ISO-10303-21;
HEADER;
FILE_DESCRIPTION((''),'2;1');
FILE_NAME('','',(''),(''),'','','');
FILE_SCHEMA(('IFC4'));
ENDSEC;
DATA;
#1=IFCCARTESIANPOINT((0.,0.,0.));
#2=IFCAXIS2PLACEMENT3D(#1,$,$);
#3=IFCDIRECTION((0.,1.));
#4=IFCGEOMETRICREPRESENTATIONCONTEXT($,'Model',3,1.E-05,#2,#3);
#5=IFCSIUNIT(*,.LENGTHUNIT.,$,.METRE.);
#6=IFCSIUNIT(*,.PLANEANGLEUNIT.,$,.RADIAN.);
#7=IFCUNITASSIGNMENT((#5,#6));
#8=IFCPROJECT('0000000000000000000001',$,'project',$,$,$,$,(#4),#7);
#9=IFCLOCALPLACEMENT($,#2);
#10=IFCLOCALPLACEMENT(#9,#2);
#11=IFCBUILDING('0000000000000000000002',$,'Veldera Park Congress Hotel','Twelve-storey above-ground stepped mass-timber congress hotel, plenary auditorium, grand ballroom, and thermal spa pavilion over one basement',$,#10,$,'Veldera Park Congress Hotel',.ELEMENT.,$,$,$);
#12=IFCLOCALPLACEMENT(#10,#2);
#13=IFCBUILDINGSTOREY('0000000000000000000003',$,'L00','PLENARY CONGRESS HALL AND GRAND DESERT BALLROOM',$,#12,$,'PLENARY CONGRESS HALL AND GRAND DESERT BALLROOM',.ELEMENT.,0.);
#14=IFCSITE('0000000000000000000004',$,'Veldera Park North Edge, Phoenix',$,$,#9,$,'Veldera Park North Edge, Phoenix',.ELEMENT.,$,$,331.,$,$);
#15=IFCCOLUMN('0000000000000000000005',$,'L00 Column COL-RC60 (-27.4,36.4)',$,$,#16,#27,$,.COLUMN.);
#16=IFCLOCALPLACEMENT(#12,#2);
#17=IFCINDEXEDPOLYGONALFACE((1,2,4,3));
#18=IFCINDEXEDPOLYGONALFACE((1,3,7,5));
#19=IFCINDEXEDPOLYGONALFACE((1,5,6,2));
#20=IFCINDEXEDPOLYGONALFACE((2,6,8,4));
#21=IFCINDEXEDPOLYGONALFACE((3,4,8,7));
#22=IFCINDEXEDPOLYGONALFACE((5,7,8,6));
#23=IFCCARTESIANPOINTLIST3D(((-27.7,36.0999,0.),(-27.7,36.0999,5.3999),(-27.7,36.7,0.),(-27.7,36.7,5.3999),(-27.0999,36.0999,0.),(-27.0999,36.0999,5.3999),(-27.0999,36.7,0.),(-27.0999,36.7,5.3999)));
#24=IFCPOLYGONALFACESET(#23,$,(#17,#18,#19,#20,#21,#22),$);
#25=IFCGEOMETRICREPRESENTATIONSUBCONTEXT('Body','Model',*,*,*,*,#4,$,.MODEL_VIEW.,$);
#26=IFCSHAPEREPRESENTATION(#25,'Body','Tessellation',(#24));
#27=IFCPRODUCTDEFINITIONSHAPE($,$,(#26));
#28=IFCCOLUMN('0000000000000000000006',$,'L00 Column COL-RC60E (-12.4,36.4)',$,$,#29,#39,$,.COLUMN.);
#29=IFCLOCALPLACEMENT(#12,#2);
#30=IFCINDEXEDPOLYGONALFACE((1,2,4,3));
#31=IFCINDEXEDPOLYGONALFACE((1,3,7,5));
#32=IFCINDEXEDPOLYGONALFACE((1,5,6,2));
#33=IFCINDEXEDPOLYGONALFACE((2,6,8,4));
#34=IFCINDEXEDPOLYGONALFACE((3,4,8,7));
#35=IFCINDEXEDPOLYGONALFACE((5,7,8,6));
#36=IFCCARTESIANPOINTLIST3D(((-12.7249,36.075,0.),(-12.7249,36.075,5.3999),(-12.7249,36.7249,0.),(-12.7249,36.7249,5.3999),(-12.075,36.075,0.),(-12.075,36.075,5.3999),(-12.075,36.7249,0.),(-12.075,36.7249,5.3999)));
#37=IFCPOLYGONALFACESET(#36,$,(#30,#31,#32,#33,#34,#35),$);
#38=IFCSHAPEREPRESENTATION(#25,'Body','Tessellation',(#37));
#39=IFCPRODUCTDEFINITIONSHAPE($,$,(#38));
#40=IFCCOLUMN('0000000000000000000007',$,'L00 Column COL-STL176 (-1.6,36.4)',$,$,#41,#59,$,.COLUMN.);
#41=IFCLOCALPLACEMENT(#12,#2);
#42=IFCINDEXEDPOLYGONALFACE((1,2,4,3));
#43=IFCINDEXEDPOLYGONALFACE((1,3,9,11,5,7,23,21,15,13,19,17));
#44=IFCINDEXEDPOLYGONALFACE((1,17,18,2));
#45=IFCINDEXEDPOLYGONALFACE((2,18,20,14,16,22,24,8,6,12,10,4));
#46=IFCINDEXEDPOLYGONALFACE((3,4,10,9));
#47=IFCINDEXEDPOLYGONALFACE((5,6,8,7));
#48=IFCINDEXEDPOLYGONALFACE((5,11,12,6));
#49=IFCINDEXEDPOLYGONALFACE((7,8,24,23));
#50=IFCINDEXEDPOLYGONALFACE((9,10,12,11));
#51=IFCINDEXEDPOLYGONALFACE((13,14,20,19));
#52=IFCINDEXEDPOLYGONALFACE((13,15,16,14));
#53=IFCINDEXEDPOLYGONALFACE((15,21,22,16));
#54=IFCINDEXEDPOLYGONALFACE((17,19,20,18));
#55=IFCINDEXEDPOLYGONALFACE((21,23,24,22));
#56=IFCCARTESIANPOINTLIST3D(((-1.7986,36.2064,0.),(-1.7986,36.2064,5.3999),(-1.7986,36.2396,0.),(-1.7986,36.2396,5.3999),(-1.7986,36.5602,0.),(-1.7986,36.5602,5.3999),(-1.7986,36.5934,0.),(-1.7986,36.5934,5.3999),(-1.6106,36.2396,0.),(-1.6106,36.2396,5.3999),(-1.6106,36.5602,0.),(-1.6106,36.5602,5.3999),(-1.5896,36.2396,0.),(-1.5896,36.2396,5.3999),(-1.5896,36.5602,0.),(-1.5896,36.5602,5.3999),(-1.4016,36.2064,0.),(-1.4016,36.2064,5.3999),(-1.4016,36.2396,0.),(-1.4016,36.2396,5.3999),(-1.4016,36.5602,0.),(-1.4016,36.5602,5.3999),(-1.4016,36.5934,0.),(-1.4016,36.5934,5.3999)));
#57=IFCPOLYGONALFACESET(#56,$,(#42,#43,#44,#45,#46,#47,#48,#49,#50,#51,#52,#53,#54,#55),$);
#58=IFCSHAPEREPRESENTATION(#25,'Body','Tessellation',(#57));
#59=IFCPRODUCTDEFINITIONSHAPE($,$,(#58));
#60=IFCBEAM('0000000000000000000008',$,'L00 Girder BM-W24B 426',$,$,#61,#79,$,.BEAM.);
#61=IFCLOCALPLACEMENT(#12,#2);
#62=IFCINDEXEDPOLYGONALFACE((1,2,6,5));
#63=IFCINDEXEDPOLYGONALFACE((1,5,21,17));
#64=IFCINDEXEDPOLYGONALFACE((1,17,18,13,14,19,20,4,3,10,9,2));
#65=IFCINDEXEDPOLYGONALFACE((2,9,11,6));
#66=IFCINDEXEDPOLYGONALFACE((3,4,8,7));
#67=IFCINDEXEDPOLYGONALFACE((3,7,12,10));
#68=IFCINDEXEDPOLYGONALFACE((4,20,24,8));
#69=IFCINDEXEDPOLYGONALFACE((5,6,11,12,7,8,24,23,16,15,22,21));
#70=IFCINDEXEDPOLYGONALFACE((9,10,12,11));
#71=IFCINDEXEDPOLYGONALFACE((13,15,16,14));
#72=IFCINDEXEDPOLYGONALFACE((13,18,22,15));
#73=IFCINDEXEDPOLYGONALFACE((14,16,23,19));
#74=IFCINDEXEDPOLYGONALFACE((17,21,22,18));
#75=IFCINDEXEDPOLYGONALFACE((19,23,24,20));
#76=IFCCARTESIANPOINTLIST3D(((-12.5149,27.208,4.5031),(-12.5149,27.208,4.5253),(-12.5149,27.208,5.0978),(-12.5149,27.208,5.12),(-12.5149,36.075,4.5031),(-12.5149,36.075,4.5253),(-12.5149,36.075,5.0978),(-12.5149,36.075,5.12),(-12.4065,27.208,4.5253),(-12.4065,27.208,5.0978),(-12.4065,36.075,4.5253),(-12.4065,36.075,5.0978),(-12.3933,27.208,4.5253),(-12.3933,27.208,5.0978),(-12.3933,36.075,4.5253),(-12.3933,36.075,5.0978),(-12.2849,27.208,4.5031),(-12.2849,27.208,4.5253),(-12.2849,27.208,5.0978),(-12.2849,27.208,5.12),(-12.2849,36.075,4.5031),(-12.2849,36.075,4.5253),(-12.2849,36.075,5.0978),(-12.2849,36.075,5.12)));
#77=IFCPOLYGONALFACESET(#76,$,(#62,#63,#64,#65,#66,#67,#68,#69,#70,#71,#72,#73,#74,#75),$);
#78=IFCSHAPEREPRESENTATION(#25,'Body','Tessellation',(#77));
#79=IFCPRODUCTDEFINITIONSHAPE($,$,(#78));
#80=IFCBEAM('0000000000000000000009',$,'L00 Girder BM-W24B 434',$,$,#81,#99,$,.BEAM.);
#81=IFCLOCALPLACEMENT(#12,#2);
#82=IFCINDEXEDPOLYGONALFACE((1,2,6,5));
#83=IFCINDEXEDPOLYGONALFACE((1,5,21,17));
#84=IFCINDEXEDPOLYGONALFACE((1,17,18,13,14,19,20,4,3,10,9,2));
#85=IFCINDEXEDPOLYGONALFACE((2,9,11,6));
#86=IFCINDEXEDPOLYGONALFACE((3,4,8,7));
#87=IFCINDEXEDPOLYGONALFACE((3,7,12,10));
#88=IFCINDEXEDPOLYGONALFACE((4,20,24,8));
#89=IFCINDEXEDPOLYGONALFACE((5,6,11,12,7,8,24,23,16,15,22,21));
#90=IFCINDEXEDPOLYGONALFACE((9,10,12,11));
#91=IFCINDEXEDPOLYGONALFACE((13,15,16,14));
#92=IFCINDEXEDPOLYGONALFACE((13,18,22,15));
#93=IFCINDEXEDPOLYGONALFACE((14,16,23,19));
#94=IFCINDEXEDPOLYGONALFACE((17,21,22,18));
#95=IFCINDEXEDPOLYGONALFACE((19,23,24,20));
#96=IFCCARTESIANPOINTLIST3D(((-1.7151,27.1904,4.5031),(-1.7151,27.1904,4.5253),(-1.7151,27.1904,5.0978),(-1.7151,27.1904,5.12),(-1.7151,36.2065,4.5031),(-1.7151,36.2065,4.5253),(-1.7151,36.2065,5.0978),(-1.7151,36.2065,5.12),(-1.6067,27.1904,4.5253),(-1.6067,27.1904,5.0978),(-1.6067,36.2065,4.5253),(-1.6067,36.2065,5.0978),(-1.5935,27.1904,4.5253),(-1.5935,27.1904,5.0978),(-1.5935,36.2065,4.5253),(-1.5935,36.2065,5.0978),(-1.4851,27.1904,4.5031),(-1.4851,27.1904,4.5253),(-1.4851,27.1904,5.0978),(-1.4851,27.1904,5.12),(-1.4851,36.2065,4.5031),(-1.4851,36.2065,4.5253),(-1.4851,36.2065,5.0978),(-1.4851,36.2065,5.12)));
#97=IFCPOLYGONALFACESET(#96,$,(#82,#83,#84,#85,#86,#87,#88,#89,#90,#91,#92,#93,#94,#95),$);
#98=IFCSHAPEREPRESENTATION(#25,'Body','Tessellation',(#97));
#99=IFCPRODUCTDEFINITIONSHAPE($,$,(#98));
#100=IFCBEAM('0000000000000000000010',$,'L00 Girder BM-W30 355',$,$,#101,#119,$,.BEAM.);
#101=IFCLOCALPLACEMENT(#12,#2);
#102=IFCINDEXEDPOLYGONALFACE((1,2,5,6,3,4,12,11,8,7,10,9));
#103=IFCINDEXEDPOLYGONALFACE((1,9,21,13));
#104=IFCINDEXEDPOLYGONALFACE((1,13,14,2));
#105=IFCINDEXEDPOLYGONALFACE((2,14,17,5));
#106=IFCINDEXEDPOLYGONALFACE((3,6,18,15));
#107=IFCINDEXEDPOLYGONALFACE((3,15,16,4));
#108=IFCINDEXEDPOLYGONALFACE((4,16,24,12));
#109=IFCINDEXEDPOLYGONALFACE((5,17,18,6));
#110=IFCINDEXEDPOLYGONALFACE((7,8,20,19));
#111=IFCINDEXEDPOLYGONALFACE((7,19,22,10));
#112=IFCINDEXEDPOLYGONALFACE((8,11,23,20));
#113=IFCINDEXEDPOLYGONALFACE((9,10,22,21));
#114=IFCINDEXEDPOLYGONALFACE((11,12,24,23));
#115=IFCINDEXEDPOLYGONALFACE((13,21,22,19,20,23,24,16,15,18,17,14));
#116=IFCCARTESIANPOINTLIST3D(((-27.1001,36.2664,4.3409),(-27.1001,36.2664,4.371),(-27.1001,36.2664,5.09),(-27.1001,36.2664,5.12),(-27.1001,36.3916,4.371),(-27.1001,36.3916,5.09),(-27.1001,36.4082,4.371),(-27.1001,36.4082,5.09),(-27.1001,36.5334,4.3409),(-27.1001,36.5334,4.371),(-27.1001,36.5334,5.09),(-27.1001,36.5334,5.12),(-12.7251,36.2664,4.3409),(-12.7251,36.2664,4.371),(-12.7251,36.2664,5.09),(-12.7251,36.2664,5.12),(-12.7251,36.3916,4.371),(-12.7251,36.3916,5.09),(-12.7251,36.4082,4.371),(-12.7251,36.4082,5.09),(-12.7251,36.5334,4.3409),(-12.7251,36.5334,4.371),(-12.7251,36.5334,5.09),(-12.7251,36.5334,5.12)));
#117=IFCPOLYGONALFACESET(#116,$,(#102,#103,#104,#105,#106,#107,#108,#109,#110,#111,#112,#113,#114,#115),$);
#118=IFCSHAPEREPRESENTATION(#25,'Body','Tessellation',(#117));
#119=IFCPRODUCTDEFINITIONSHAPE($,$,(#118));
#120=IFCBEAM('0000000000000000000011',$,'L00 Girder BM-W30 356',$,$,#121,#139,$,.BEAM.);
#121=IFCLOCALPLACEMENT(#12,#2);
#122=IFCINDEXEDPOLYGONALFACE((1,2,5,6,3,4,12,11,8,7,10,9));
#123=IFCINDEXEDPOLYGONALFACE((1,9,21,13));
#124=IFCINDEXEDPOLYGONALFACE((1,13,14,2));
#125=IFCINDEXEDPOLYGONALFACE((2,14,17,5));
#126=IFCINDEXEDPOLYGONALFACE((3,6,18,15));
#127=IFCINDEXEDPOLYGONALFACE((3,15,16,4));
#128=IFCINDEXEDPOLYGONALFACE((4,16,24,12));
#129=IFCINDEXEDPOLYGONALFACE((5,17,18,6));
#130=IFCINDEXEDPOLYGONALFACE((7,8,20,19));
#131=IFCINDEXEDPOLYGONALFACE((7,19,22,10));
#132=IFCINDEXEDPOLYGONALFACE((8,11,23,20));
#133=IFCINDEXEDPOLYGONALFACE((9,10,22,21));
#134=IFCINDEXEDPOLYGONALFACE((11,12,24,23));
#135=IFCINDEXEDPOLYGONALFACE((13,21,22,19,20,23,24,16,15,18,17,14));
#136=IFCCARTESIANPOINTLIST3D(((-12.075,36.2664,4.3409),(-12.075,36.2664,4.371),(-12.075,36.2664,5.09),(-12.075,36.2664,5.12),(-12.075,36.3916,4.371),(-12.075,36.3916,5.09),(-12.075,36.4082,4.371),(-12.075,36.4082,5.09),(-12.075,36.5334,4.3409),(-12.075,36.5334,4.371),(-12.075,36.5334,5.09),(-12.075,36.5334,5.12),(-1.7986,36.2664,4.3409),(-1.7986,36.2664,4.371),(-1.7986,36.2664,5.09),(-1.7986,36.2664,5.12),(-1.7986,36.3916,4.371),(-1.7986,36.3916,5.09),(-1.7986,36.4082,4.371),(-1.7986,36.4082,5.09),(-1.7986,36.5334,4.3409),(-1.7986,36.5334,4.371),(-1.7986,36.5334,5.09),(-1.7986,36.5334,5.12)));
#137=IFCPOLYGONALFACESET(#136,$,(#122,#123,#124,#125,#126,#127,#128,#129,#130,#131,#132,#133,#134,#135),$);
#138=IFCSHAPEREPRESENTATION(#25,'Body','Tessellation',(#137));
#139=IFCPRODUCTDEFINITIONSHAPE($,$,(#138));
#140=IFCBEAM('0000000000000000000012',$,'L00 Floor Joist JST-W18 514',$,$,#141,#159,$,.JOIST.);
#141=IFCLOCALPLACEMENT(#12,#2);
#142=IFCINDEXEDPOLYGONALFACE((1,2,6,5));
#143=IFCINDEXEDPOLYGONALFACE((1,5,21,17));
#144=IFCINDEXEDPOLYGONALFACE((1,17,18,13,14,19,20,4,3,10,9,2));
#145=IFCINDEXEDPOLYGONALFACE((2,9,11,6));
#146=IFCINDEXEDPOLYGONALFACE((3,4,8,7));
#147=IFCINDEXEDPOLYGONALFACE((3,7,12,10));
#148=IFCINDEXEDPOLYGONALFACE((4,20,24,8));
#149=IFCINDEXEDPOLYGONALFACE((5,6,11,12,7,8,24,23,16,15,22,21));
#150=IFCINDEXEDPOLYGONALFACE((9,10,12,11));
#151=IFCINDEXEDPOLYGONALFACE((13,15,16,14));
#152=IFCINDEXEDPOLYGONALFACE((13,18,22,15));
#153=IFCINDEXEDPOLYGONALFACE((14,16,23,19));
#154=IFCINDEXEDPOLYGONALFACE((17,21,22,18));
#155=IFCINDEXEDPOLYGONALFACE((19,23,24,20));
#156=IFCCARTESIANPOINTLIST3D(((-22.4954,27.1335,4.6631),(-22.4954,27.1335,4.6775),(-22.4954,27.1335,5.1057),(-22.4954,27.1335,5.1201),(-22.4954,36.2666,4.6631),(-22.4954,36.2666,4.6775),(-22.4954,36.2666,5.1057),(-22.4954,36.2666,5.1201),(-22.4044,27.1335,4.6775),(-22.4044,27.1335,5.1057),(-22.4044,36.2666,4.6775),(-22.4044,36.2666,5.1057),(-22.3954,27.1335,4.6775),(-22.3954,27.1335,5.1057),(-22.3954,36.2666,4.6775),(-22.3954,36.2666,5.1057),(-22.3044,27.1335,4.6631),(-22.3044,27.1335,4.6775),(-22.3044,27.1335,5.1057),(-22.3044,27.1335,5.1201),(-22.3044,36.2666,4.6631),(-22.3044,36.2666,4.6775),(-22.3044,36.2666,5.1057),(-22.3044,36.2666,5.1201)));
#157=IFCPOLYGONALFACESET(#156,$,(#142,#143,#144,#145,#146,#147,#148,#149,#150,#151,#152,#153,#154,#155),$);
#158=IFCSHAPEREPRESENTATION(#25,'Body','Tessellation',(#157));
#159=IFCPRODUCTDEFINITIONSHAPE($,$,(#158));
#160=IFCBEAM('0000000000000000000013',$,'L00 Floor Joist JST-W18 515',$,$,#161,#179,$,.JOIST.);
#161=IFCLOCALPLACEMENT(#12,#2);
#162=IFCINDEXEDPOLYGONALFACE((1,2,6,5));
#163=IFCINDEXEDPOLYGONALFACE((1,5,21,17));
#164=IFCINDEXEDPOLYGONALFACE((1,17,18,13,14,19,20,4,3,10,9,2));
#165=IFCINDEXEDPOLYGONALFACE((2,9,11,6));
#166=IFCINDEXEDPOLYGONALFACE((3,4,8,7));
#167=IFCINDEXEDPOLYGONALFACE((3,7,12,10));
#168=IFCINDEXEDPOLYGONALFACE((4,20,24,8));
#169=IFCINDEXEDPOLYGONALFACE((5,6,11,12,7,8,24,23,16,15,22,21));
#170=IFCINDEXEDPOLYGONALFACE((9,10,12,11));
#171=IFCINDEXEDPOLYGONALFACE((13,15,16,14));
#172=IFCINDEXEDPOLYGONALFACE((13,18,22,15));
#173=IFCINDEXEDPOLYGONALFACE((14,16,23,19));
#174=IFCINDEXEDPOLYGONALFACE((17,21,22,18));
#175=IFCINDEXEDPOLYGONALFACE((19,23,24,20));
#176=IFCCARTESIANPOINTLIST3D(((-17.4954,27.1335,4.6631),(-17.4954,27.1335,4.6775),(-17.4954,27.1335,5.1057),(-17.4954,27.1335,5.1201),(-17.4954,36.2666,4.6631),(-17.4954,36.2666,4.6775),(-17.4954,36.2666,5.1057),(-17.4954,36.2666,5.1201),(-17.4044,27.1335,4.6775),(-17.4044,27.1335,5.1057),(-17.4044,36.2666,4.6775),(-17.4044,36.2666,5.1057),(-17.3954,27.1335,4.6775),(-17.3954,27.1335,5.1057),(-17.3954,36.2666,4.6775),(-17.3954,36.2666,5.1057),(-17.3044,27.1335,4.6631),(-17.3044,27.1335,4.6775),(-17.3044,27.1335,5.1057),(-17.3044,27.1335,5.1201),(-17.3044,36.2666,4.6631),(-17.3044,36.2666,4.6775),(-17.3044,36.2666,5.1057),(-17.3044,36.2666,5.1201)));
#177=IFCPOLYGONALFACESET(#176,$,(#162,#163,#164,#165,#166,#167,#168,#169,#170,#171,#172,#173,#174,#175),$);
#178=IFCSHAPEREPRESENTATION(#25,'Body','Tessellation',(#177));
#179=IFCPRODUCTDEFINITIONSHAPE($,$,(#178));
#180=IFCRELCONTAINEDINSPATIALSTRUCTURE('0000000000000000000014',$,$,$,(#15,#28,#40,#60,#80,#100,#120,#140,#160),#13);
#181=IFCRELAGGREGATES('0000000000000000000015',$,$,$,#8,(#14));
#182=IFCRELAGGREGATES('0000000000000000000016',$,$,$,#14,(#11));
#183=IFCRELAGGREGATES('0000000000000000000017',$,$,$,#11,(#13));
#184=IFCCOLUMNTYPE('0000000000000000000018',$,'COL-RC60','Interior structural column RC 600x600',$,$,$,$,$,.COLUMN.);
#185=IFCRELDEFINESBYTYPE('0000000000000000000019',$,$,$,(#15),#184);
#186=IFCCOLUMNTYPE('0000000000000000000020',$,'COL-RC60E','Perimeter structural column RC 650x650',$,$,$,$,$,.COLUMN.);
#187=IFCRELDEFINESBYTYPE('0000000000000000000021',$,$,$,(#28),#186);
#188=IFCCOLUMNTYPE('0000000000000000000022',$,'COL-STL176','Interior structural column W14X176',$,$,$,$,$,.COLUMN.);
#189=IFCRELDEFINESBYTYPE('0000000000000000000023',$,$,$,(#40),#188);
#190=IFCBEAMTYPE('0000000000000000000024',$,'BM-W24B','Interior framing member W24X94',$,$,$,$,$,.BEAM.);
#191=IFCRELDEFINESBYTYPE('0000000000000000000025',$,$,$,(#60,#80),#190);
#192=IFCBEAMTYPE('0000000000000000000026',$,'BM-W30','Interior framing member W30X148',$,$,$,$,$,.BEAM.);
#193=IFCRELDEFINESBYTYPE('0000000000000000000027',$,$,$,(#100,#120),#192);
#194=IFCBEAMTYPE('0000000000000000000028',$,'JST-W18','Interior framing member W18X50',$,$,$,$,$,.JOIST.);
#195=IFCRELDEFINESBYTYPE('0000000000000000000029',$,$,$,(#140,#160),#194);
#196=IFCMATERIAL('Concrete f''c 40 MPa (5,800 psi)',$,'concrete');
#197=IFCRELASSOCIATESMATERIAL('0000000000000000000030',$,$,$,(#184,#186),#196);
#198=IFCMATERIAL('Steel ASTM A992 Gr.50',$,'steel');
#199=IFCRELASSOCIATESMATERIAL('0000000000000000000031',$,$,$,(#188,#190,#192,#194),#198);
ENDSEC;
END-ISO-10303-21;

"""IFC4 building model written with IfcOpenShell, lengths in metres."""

from ifc_helpers import new_model, si_unit, direction, frame, origin, origin_2d, place, context, subcontext, project, spatial, rectangle, i_section, extrude, material, material_profile, profile_set, type_object, element, save


model = new_model("IFC4")

# Units and contexts
model_context = context("Model", 3, precision=1e-05, world=origin(), true_north=direction((0.0, 1.0)))
body_context = subcontext(model_context, "Body", "Model", "MODEL_VIEW")
ifc_project = project(units=[si_unit("LENGTHUNIT", "METRE"), si_unit("PLANEANGLEUNIT", "RADIAN")], contexts=[model_context])

# Site, building, storey
site_placement = place(None, origin())
site = spatial("IfcSite", under=ifc_project, at=site_placement, Name="Veldera Park North Edge, Phoenix", LongName="Veldera Park North Edge, Phoenix", CompositionType="ELEMENT", RefElevation=331.0)
building_placement = place(site_placement, origin())
building = spatial("IfcBuilding", under=site, at=building_placement, Name="Veldera Park Congress Hotel", Description="Twelve-storey above-ground stepped mass-timber congress hotel, plenary auditorium, grand ballroom, and thermal spa pavilion over one basement", LongName="Veldera Park Congress Hotel", CompositionType="ELEMENT")
storey_placement = place(building_placement, origin())
storey = spatial("IfcBuildingStorey", under=building, at=storey_placement, Name="L00", Description="PLENARY CONGRESS HALL AND GRAND DESERT BALLROOM", LongName="PLENARY CONGRESS HALL AND GRAND DESERT BALLROOM", CompositionType="ELEMENT", Elevation=0.0)

# Columns
ifc_material_1 = material(Name="Concrete f'c 40 MPa (5,800 psi)", Category="concrete")
ifc_material_profile_1 = material_profile(ifc_material_1, rectangle(XDim=0.6001, YDim=0.6001, at=origin_2d()), Name="RC 600x600")
ifc_profile_set_1 = profile_set([ifc_material_profile_1], Name="Concrete f'c 40 MPa (5,800 psi)")
column_type_1 = type_object("IfcColumnType", Name="COL-RC60", Description="Interior structural column RC 600x600", PredefinedType="COLUMN", material=ifc_profile_set_1)
column_1_placement = place(storey_placement, frame((-27.3999, 36.3999, 0.0), z_axis=(0.0, 0.0, 1.0), x_axis=(1.0, 0.0, 0.0)))
element("IfcColumn", 1, at=column_1_placement, inside=storey, type_object=column_type_1, Name="L00 Column COL-RC60 (-27.4,36.4)", PredefinedType="COLUMN", context=body_context, shape_type="SweptSolid", body=[
    extrude(rectangle(XDim=0.6001, YDim=0.6001, at=origin_2d()), origin(), (0.0, 0.0, 1.0), 5.3999),
])
ifc_material_profile_2 = material_profile(ifc_material_1, rectangle(XDim=0.6499, YDim=0.6499, at=origin_2d()), Name="RC 650x650")
ifc_profile_set_2 = profile_set([ifc_material_profile_2], Name="Concrete f'c 40 MPa (5,800 psi)")
column_type_2 = type_object("IfcColumnType", Name="COL-RC60E", Description="Perimeter structural column RC 650x650", PredefinedType="COLUMN", material=ifc_profile_set_2)
column_2_placement = place(storey_placement, frame((-12.3999, 36.3999, 0.0), z_axis=(0.0, 0.0, 1.0), x_axis=(1.0, 0.0, 0.0)))
element("IfcColumn", 2, at=column_2_placement, inside=storey, type_object=column_type_2, Name="L00 Column COL-RC60E (-12.4,36.4)", PredefinedType="COLUMN", context=body_context, shape_type="SweptSolid", body=[
    extrude(rectangle(XDim=0.6499, YDim=0.6499, at=origin_2d()), origin(), (0.0, 0.0, 1.0), 5.3999),
])
ifc_material_2 = material(Name="Steel ASTM A992 Gr.50", Category="steel")
ifc_material_profile_3 = material_profile(ifc_material_2, i_section(OverallWidth=0.397, OverallDepth=0.387, WebThickness=0.021, FlangeThickness=0.0332, at=origin_2d()), Name="W14X176")
ifc_profile_set_3 = profile_set([ifc_material_profile_3], Name="Steel ASTM A992 Gr.50")
column_type_3 = type_object("IfcColumnType", Name="COL-STL176", Description="Interior structural column W14X176", PredefinedType="COLUMN", material=ifc_profile_set_3)
column_3_placement = place(storey_placement, frame((-1.6001, 36.3999, 0.0), z_axis=(0.0, 0.0, 1.0), x_axis=(1.0, 0.0, 0.0)))
element("IfcColumn", 3, at=column_3_placement, inside=storey, type_object=column_type_3, Name="L00 Column COL-STL176 (-1.6,36.4)", PredefinedType="COLUMN", context=body_context, shape_type="SweptSolid", body=[
    extrude(i_section(OverallWidth=0.397, OverallDepth=0.387, WebThickness=0.021, FlangeThickness=0.0332, at=origin_2d()), origin(), (0.0, 0.0, 1.0), 5.3999),
])

# Beams
ifc_material_profile_4 = material_profile(ifc_material_2, i_section(OverallWidth=0.23, OverallDepth=0.6169, WebThickness=0.0132, FlangeThickness=0.0222, at=origin_2d()), Name="W24X94")
ifc_profile_set_4 = profile_set([ifc_material_profile_4], Name="Steel ASTM A992 Gr.50")
beam_type_1 = type_object("IfcBeamType", Name="BM-W24B", Description="Interior framing member W24X94", PredefinedType="BEAM", material=ifc_profile_set_4)
beam_1_placement = place(storey_placement, frame((-12.3999, 27.208, 4.8115), z_axis=(0.0, 1.0, 0.0), x_axis=(-1.0, 0.0, 0.0)))
element("IfcBeam", 4, at=beam_1_placement, inside=storey, type_object=beam_type_1, Name="L00 Girder BM-W24B 426", PredefinedType="BEAM", context=body_context, shape_type="SweptSolid", body=[
    extrude(i_section(OverallWidth=0.23, OverallDepth=0.6169, WebThickness=0.0132, FlangeThickness=0.0222, at=origin_2d()), origin(), (0.0, 0.0, 1.0), 8.8669),
])
beam_2_placement = place(storey_placement, frame((-1.6001, 27.1904, 4.8115), z_axis=(0.0, 1.0, 0.0), x_axis=(-1.0, 0.0, 0.0)))
element("IfcBeam", 5, at=beam_2_placement, inside=storey, type_object=beam_type_1, Name="L00 Girder BM-W24B 434", PredefinedType="BEAM", context=body_context, shape_type="SweptSolid", body=[
    extrude(i_section(OverallWidth=0.23, OverallDepth=0.6169, WebThickness=0.0132, FlangeThickness=0.0222, at=origin_2d()), origin(), (0.0, 0.0, 1.0), 9.0161),
])
ifc_material_profile_5 = material_profile(ifc_material_2, i_section(OverallWidth=0.2671, OverallDepth=0.7791, WebThickness=0.0166, FlangeThickness=0.03, at=origin_2d()), Name="W30X148")
ifc_profile_set_5 = profile_set([ifc_material_profile_5], Name="Steel ASTM A992 Gr.50")
beam_type_2 = type_object("IfcBeamType", Name="BM-W30", Description="Interior framing member W30X148", PredefinedType="BEAM", material=ifc_profile_set_5)
beam_3_placement = place(storey_placement, frame((-27.1001, 36.3999, 4.7305), z_axis=(1.0, 0.0, 0.0), x_axis=(0.0, 1.0, 0.0)))
element("IfcBeam", 6, at=beam_3_placement, inside=storey, type_object=beam_type_2, Name="L00 Girder BM-W30 355", PredefinedType="BEAM", context=body_context, shape_type="SweptSolid", body=[
    extrude(i_section(OverallWidth=0.2671, OverallDepth=0.7791, WebThickness=0.0166, FlangeThickness=0.03, at=origin_2d()), origin(), (0.0, 0.0, 1.0), 14.375),
])
beam_4_placement = place(storey_placement, frame((-12.075, 36.3999, 4.7305), z_axis=(1.0, 0.0, 0.0), x_axis=(0.0, 1.0, 0.0)))
element("IfcBeam", 7, at=beam_4_placement, inside=storey, type_object=beam_type_2, Name="L00 Girder BM-W30 356", PredefinedType="BEAM", context=body_context, shape_type="SweptSolid", body=[
    extrude(i_section(OverallWidth=0.2671, OverallDepth=0.7791, WebThickness=0.0166, FlangeThickness=0.03, at=origin_2d()), origin(), (0.0, 0.0, 1.0), 10.2764),
])
ifc_material_profile_6 = material_profile(ifc_material_2, i_section(OverallWidth=0.1909, OverallDepth=0.457, WebThickness=0.009, FlangeThickness=0.0144, at=origin_2d()), Name="W18X50")
ifc_profile_set_6 = profile_set([ifc_material_profile_6], Name="Steel ASTM A992 Gr.50")
beam_type_3 = type_object("IfcBeamType", Name="JST-W18", Description="Interior framing member W18X50", PredefinedType="JOIST", material=ifc_profile_set_6)
for number, where, z_axis, x_axis, name in (
    (8, (-22.3999, 27.1335, 4.8916), (0.0, 1.0, 0.0), (-1.0, 0.0, 0.0), "L00 Floor Joist JST-W18 514"),
    (9, (-17.3999, 27.1335, 4.8916), (0.0, 1.0, 0.0), (-1.0, 0.0, 0.0), "L00 Floor Joist JST-W18 515"),
):
    element("IfcBeam", number, at=place(storey_placement, frame(where, z_axis=z_axis, x_axis=x_axis)), inside=storey, type_object=beam_type_3, Name=name, PredefinedType="JOIST", context=body_context, shape_type="SweptSolid", body=[
        extrude(i_section(OverallWidth=0.1909, OverallDepth=0.457, WebThickness=0.009, FlangeThickness=0.0144, at=origin_2d()), origin(), (0.0, 0.0, 1.0), 9.1331),
    ])

save(model, "model.ifc")
